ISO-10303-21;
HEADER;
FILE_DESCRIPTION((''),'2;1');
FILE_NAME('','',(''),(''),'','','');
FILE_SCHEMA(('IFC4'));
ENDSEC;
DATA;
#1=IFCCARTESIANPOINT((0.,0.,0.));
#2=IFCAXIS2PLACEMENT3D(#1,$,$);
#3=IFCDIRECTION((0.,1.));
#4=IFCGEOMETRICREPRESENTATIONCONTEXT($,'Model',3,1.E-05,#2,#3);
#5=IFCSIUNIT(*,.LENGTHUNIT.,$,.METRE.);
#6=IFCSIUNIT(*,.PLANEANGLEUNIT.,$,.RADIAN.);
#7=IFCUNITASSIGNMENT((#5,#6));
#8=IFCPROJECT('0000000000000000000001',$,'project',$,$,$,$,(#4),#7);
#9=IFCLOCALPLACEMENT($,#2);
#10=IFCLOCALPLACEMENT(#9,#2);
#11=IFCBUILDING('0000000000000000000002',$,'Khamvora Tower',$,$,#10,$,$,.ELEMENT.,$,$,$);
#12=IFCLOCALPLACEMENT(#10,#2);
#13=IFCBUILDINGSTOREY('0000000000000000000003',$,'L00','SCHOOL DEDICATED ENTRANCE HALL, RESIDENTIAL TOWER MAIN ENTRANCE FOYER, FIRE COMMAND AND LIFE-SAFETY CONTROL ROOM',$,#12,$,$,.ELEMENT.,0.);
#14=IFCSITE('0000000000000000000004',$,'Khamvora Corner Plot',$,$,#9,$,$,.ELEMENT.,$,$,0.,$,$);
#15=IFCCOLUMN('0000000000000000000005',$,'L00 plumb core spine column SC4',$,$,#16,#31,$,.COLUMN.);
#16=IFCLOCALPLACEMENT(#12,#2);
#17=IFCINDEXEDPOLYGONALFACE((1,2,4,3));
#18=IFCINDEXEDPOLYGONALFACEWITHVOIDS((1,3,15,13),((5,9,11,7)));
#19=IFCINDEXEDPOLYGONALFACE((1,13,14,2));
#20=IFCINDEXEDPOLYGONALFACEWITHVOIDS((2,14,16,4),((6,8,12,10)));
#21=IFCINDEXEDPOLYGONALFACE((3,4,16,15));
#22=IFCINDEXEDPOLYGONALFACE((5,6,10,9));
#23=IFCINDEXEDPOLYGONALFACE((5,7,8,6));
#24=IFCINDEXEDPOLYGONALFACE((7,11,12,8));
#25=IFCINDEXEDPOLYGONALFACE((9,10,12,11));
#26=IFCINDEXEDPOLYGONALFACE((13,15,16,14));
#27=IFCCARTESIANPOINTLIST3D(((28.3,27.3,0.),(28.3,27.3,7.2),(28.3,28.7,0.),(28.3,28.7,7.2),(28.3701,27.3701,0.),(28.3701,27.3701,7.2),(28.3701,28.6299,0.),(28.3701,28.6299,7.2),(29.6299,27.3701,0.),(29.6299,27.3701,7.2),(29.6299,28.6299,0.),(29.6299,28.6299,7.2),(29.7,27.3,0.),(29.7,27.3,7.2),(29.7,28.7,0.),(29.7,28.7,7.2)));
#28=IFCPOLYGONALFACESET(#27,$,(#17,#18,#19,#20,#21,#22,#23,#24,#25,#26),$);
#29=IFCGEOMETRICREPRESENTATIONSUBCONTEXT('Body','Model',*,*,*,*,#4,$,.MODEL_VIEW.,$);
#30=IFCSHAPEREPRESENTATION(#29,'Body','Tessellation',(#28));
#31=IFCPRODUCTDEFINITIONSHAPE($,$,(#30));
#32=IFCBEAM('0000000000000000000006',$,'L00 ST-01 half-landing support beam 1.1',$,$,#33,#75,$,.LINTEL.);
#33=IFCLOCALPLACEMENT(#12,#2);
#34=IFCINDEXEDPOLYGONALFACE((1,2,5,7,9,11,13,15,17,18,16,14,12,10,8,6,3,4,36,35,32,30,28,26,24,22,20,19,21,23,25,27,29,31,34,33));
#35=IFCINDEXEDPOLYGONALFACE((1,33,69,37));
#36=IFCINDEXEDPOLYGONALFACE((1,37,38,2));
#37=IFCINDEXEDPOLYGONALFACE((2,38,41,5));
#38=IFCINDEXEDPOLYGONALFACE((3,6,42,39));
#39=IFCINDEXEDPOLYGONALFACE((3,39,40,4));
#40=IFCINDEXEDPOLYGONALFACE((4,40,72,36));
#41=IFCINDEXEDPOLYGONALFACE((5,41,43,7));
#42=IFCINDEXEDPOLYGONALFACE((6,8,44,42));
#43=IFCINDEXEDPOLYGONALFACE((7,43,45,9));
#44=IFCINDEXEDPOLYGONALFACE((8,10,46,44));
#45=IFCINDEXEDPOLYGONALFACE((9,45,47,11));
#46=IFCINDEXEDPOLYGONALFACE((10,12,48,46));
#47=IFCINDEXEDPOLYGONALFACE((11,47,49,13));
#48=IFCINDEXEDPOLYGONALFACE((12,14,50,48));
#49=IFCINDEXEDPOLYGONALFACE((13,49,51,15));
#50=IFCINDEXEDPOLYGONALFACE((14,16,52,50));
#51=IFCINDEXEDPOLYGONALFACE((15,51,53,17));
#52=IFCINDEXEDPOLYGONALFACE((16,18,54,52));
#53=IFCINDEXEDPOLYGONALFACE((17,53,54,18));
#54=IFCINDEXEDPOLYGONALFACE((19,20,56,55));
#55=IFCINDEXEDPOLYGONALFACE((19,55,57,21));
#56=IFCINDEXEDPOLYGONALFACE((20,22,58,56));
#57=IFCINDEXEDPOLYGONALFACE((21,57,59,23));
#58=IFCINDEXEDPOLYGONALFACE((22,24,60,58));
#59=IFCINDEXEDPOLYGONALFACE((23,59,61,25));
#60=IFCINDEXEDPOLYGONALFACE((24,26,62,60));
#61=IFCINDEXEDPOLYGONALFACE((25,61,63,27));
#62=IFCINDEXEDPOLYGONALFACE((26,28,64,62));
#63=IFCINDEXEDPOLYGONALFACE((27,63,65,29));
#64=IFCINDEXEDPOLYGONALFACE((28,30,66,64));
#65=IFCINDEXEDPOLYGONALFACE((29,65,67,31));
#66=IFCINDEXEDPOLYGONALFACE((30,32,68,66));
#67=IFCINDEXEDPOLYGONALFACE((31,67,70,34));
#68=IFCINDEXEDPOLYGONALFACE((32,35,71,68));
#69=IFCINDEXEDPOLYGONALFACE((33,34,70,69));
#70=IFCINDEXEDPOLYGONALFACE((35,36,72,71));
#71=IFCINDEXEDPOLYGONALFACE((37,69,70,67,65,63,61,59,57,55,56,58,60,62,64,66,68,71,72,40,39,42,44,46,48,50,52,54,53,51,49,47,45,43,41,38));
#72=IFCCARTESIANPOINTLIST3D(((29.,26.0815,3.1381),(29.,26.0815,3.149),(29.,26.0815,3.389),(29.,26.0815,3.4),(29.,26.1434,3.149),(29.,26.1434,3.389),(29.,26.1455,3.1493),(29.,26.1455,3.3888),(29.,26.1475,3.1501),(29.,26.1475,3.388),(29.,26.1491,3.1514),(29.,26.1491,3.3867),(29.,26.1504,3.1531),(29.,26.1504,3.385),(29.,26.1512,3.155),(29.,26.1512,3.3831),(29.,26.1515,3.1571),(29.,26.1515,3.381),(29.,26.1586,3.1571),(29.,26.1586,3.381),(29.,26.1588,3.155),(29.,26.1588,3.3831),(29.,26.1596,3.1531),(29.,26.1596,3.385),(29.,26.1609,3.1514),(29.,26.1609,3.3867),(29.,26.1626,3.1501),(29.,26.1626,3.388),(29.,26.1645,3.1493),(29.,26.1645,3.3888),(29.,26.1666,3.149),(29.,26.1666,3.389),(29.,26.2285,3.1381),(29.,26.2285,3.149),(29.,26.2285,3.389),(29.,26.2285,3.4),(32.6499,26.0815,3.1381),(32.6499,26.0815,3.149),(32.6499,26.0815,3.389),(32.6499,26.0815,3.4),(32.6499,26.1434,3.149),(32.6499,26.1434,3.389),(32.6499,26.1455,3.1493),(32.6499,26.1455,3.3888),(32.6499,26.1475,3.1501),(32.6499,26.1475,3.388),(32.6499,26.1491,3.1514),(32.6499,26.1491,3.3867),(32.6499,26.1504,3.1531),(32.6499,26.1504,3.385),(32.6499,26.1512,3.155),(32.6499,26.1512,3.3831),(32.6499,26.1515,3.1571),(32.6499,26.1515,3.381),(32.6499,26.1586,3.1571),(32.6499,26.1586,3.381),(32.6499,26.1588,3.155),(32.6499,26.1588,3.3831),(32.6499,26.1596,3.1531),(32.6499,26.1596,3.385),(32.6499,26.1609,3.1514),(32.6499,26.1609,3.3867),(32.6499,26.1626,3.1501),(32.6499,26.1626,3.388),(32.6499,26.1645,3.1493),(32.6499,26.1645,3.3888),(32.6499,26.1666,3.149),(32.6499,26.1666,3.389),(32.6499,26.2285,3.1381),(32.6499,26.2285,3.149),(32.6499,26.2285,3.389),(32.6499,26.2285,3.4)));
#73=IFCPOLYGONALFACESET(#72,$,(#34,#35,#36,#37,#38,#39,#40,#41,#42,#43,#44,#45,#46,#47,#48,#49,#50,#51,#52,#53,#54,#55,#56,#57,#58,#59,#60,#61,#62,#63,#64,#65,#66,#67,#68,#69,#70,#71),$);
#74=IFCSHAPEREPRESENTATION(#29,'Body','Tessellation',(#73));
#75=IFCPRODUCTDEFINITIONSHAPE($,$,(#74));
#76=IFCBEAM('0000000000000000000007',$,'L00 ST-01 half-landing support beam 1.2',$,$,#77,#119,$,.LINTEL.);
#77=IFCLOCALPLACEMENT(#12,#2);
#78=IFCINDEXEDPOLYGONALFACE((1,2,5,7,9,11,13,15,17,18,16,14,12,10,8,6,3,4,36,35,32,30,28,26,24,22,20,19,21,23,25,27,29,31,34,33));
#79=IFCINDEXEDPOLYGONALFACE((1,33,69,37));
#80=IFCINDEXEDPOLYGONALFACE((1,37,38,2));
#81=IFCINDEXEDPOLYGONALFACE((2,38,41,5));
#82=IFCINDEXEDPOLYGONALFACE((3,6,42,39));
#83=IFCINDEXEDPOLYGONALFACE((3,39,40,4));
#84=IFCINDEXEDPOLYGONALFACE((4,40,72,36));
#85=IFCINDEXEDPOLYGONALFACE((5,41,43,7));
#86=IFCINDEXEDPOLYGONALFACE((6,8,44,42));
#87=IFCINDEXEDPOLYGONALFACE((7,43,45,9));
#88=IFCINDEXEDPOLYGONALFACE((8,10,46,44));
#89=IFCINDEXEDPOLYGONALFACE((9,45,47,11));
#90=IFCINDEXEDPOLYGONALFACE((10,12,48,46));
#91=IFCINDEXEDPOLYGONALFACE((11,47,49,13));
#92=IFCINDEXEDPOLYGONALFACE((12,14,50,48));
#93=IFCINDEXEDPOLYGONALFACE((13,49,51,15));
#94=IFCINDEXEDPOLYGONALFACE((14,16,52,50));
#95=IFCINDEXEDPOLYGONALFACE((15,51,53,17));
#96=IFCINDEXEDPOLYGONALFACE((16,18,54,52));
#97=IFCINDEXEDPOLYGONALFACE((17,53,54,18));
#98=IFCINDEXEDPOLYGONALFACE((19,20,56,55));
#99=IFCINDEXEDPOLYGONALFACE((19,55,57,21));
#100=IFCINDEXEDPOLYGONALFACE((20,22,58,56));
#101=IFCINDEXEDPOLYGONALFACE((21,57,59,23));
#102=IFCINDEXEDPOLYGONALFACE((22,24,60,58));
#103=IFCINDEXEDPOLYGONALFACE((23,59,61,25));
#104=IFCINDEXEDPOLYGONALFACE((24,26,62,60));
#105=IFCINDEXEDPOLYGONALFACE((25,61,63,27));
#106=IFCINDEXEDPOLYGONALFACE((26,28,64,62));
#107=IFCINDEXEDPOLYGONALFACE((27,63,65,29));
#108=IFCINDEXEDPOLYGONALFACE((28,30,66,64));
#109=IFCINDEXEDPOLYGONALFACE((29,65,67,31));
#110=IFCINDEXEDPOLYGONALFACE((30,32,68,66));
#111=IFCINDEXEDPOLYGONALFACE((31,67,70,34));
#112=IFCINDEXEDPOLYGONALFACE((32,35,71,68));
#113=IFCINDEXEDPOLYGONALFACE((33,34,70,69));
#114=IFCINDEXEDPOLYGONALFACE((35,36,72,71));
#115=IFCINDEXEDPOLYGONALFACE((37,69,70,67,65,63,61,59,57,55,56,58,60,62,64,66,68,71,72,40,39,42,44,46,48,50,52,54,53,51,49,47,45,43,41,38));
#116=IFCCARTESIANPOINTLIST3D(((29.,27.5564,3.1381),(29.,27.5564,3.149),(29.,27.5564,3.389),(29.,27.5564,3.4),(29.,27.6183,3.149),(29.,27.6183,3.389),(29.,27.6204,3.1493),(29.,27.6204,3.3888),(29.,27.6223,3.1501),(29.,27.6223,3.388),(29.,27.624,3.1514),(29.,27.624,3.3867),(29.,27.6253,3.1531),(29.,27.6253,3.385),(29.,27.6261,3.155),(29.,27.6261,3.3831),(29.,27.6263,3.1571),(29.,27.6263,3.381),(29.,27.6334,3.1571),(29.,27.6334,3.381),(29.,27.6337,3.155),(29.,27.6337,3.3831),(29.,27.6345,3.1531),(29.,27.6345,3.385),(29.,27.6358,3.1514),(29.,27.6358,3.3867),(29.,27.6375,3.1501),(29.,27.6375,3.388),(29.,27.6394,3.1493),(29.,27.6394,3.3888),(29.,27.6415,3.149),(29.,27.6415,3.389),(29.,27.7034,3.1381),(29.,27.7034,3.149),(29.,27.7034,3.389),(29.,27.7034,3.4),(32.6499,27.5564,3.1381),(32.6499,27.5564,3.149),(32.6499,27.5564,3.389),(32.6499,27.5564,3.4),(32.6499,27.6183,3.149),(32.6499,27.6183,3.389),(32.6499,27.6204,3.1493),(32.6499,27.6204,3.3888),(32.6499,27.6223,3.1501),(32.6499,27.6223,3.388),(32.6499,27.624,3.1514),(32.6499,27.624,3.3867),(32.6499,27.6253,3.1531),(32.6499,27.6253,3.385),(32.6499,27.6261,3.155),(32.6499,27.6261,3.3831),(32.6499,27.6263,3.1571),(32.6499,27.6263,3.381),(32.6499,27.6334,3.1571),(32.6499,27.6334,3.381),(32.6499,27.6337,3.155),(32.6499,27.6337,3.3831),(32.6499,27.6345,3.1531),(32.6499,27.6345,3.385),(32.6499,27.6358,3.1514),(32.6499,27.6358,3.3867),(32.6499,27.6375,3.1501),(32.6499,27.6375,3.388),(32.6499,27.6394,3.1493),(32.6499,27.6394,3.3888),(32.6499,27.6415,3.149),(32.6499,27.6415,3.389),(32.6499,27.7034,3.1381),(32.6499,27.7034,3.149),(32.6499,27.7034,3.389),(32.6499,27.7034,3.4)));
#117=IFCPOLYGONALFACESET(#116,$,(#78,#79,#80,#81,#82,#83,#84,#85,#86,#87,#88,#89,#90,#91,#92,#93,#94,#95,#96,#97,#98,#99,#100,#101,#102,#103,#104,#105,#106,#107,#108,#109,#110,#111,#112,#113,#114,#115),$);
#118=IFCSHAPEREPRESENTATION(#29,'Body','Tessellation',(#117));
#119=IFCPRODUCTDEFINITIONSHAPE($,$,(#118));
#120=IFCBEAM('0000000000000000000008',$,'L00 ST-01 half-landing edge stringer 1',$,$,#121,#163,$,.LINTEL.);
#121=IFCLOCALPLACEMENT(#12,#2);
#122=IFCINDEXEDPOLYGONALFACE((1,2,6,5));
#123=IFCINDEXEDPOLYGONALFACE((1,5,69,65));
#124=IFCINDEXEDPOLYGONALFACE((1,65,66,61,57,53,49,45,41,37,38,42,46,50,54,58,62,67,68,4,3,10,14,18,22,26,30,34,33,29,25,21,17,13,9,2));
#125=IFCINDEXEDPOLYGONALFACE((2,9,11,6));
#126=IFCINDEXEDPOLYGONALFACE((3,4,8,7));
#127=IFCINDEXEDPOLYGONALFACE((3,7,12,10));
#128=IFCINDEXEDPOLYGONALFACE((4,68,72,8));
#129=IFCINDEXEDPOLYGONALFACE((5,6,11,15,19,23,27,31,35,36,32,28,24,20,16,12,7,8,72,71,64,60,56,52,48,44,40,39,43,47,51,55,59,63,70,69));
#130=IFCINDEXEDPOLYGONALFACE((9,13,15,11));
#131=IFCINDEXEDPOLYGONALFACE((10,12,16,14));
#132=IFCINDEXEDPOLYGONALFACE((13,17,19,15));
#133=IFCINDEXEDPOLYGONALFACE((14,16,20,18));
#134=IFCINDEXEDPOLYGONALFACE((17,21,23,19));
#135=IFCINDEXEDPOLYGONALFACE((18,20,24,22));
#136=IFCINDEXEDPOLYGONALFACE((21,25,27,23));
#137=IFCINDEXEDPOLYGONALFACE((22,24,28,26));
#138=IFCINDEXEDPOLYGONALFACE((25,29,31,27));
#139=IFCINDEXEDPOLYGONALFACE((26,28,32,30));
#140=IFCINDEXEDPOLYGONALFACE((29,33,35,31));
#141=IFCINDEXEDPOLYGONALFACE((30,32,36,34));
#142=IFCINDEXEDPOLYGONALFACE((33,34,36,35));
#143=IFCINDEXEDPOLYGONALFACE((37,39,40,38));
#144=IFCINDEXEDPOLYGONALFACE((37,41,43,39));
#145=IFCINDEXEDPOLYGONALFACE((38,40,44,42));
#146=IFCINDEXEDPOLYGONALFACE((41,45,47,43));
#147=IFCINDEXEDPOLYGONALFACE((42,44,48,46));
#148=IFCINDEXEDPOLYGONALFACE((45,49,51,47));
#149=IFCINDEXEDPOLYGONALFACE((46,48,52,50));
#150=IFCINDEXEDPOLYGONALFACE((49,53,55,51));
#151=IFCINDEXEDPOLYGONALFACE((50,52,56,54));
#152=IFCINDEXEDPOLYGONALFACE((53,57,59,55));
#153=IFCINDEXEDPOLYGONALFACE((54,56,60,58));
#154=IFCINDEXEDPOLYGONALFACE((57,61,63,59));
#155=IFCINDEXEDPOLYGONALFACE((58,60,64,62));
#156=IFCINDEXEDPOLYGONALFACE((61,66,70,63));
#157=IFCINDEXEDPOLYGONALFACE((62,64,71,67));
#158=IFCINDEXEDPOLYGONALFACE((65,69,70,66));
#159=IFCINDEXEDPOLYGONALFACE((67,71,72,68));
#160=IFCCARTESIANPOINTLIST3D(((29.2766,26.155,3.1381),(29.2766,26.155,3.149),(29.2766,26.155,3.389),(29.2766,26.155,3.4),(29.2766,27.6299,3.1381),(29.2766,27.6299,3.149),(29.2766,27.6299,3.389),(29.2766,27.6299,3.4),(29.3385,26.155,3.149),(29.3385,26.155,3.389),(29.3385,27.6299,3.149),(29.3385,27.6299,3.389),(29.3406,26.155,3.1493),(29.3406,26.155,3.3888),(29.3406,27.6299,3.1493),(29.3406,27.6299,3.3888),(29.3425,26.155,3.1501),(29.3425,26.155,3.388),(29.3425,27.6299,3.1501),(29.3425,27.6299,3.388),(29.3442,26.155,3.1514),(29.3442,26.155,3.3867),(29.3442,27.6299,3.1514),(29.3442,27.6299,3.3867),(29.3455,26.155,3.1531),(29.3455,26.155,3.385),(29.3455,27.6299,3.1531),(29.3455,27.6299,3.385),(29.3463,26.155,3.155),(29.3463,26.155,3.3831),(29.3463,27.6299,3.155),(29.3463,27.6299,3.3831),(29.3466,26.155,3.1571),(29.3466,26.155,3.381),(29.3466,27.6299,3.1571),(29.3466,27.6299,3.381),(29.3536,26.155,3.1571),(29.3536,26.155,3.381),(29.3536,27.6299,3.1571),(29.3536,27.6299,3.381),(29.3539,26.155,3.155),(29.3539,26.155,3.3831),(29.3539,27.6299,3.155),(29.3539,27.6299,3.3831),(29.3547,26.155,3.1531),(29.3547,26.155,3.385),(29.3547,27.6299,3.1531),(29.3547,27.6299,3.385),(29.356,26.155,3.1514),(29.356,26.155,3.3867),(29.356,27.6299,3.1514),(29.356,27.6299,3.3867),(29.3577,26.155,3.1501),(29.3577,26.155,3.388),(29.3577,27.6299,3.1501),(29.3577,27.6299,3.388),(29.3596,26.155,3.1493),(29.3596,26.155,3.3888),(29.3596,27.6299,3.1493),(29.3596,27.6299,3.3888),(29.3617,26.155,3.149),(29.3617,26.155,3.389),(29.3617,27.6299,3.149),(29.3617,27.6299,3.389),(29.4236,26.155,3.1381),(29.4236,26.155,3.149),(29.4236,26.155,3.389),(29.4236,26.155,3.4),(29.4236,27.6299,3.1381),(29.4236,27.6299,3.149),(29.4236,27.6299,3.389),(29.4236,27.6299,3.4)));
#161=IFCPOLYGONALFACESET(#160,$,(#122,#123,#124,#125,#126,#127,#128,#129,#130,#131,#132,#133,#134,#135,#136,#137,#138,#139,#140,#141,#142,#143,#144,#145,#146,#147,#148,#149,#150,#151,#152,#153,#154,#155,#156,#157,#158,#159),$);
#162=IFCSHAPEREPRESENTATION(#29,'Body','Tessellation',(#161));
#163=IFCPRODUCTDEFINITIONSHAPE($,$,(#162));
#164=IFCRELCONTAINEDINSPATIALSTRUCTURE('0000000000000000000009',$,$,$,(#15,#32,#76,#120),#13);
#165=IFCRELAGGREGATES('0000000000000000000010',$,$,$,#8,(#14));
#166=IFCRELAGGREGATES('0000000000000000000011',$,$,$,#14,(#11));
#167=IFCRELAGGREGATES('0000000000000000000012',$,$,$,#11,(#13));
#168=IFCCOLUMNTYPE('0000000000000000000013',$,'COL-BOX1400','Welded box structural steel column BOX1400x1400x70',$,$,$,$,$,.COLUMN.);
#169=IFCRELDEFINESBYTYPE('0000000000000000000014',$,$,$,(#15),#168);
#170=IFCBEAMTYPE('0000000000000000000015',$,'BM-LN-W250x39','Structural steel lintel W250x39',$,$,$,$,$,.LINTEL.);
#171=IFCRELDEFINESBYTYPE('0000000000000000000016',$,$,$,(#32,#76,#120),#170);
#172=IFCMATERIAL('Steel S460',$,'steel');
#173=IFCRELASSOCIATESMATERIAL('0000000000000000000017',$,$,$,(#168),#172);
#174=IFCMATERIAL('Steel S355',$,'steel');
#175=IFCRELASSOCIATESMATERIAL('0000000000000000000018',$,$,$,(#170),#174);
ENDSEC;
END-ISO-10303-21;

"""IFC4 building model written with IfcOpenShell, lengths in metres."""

from ifc_helpers import new_model, si_unit, direction, frame, origin, origin_2d, place, context, subcontext, project, spatial, hollow_rectangle, i_section, extrude, material, material_profile, profile_set, type_object, element, save


model = new_model("IFC4")

# Units and contexts
model_context = context("Model", 3, precision=1e-05, world=origin(), true_north=direction((0.0, 1.0)))
body_context = subcontext(model_context, "Body", "Model", "MODEL_VIEW")
ifc_project = project(units=[si_unit("LENGTHUNIT", "METRE"), si_unit("PLANEANGLEUNIT", "RADIAN")], contexts=[model_context])

# Site, building, storey
site_placement = place(None, origin())
site = spatial("IfcSite", under=ifc_project, at=site_placement, Name="Khamvora Corner Plot", CompositionType="ELEMENT", RefElevation=0.0)
building_placement = place(site_placement, origin())
building = spatial("IfcBuilding", under=site, at=building_placement, Name="Khamvora Tower", CompositionType="ELEMENT")
storey_placement = place(building_placement, origin())
storey = spatial("IfcBuildingStorey", under=building, at=storey_placement, Name="L00", Description="SCHOOL DEDICATED ENTRANCE HALL, RESIDENTIAL TOWER MAIN ENTRANCE FOYER, FIRE COMMAND AND LIFE-SAFETY CONTROL ROOM", CompositionType="ELEMENT", Elevation=0.0)

# Column
ifc_material_1 = material(Name="Steel S460", Category="steel")
ifc_material_profile_1 = material_profile(ifc_material_1, hollow_rectangle(XDim=1.3999, YDim=1.3999, WallThickness=0.0701, at=origin_2d()), Name="BOX1400x1400x70")
ifc_profile_set_1 = profile_set([ifc_material_profile_1], Name="Steel S460")
column_type = type_object("IfcColumnType", Name="COL-BOX1400", Description="Welded box structural steel column BOX1400x1400x70", PredefinedType="COLUMN", material=ifc_profile_set_1)
column_placement = place(storey_placement, frame((29.0, 28.0, 0.0), z_axis=(0.0, 0.0, 1.0), x_axis=(1.0, 0.0, 0.0)))
element("IfcColumn", 1, at=column_placement, inside=storey, type_object=column_type, Name="L00 plumb core spine column SC4", PredefinedType="COLUMN", context=body_context, shape_type="SweptSolid", body=[
    extrude(hollow_rectangle(XDim=1.3999, YDim=1.3999, WallThickness=0.0701, at=origin_2d()), origin(), (0.0, 0.0, 1.0), 7.2),
])

# Beams
ifc_material_2 = material(Name="Steel S355", Category="steel")
ifc_material_profile_2 = material_profile(ifc_material_2, i_section(OverallWidth=0.147, OverallDepth=0.262, WebThickness=0.0071, FlangeThickness=0.011, FilletRadius=0.0081, at=origin_2d()), Name="W250x39")
ifc_profile_set_2 = profile_set([ifc_material_profile_2], Name="Steel S355")
beam_type_1 = type_object("IfcBeamType", Name="BM-LN-W250x39", Description="Structural steel lintel W250x39", PredefinedType="LINTEL", material=ifc_profile_set_2)
for number, where, z_axis, x_axis, name in (
    (2, (29.0, 26.155, 3.269), (1.0, 0.0, 0.0), (0.0, 1.0, 0.0), "L00 ST-01 half-landing support beam 1.1"),
    (3, (29.0, 27.6299, 3.269), (1.0, 0.0, 0.0), (0.0, 1.0, 0.0), "L00 ST-01 half-landing support beam 1.2"),
):
    element("IfcBeam", number, at=place(storey_placement, frame(where, z_axis=z_axis, x_axis=x_axis)), inside=storey, type_object=beam_type_1, Name=name, PredefinedType="LINTEL", context=body_context, shape_type="SweptSolid", body=[
        extrude(i_section(OverallWidth=0.147, OverallDepth=0.262, WebThickness=0.0071, FlangeThickness=0.011, FilletRadius=0.0081, at=origin_2d()), origin(), (0.0, 0.0, 1.0), 3.6499),
    ])
beam_1_placement = place(storey_placement, frame((29.3501, 26.155, 3.269), z_axis=(0.0, 1.0, 0.0), x_axis=(-1.0, 0.0, 0.0)))
element("IfcBeam", 4, at=beam_1_placement, inside=storey, type_object=beam_type_1, Name="L00 ST-01 half-landing edge stringer 1", PredefinedType="LINTEL", context=body_context, shape_type="SweptSolid", body=[
    extrude(i_section(OverallWidth=0.147, OverallDepth=0.262, WebThickness=0.0071, FlangeThickness=0.011, FilletRadius=0.0081, at=origin_2d()), origin(), (0.0, 0.0, 1.0), 1.4749),
])

save(model, "model.ifc")
